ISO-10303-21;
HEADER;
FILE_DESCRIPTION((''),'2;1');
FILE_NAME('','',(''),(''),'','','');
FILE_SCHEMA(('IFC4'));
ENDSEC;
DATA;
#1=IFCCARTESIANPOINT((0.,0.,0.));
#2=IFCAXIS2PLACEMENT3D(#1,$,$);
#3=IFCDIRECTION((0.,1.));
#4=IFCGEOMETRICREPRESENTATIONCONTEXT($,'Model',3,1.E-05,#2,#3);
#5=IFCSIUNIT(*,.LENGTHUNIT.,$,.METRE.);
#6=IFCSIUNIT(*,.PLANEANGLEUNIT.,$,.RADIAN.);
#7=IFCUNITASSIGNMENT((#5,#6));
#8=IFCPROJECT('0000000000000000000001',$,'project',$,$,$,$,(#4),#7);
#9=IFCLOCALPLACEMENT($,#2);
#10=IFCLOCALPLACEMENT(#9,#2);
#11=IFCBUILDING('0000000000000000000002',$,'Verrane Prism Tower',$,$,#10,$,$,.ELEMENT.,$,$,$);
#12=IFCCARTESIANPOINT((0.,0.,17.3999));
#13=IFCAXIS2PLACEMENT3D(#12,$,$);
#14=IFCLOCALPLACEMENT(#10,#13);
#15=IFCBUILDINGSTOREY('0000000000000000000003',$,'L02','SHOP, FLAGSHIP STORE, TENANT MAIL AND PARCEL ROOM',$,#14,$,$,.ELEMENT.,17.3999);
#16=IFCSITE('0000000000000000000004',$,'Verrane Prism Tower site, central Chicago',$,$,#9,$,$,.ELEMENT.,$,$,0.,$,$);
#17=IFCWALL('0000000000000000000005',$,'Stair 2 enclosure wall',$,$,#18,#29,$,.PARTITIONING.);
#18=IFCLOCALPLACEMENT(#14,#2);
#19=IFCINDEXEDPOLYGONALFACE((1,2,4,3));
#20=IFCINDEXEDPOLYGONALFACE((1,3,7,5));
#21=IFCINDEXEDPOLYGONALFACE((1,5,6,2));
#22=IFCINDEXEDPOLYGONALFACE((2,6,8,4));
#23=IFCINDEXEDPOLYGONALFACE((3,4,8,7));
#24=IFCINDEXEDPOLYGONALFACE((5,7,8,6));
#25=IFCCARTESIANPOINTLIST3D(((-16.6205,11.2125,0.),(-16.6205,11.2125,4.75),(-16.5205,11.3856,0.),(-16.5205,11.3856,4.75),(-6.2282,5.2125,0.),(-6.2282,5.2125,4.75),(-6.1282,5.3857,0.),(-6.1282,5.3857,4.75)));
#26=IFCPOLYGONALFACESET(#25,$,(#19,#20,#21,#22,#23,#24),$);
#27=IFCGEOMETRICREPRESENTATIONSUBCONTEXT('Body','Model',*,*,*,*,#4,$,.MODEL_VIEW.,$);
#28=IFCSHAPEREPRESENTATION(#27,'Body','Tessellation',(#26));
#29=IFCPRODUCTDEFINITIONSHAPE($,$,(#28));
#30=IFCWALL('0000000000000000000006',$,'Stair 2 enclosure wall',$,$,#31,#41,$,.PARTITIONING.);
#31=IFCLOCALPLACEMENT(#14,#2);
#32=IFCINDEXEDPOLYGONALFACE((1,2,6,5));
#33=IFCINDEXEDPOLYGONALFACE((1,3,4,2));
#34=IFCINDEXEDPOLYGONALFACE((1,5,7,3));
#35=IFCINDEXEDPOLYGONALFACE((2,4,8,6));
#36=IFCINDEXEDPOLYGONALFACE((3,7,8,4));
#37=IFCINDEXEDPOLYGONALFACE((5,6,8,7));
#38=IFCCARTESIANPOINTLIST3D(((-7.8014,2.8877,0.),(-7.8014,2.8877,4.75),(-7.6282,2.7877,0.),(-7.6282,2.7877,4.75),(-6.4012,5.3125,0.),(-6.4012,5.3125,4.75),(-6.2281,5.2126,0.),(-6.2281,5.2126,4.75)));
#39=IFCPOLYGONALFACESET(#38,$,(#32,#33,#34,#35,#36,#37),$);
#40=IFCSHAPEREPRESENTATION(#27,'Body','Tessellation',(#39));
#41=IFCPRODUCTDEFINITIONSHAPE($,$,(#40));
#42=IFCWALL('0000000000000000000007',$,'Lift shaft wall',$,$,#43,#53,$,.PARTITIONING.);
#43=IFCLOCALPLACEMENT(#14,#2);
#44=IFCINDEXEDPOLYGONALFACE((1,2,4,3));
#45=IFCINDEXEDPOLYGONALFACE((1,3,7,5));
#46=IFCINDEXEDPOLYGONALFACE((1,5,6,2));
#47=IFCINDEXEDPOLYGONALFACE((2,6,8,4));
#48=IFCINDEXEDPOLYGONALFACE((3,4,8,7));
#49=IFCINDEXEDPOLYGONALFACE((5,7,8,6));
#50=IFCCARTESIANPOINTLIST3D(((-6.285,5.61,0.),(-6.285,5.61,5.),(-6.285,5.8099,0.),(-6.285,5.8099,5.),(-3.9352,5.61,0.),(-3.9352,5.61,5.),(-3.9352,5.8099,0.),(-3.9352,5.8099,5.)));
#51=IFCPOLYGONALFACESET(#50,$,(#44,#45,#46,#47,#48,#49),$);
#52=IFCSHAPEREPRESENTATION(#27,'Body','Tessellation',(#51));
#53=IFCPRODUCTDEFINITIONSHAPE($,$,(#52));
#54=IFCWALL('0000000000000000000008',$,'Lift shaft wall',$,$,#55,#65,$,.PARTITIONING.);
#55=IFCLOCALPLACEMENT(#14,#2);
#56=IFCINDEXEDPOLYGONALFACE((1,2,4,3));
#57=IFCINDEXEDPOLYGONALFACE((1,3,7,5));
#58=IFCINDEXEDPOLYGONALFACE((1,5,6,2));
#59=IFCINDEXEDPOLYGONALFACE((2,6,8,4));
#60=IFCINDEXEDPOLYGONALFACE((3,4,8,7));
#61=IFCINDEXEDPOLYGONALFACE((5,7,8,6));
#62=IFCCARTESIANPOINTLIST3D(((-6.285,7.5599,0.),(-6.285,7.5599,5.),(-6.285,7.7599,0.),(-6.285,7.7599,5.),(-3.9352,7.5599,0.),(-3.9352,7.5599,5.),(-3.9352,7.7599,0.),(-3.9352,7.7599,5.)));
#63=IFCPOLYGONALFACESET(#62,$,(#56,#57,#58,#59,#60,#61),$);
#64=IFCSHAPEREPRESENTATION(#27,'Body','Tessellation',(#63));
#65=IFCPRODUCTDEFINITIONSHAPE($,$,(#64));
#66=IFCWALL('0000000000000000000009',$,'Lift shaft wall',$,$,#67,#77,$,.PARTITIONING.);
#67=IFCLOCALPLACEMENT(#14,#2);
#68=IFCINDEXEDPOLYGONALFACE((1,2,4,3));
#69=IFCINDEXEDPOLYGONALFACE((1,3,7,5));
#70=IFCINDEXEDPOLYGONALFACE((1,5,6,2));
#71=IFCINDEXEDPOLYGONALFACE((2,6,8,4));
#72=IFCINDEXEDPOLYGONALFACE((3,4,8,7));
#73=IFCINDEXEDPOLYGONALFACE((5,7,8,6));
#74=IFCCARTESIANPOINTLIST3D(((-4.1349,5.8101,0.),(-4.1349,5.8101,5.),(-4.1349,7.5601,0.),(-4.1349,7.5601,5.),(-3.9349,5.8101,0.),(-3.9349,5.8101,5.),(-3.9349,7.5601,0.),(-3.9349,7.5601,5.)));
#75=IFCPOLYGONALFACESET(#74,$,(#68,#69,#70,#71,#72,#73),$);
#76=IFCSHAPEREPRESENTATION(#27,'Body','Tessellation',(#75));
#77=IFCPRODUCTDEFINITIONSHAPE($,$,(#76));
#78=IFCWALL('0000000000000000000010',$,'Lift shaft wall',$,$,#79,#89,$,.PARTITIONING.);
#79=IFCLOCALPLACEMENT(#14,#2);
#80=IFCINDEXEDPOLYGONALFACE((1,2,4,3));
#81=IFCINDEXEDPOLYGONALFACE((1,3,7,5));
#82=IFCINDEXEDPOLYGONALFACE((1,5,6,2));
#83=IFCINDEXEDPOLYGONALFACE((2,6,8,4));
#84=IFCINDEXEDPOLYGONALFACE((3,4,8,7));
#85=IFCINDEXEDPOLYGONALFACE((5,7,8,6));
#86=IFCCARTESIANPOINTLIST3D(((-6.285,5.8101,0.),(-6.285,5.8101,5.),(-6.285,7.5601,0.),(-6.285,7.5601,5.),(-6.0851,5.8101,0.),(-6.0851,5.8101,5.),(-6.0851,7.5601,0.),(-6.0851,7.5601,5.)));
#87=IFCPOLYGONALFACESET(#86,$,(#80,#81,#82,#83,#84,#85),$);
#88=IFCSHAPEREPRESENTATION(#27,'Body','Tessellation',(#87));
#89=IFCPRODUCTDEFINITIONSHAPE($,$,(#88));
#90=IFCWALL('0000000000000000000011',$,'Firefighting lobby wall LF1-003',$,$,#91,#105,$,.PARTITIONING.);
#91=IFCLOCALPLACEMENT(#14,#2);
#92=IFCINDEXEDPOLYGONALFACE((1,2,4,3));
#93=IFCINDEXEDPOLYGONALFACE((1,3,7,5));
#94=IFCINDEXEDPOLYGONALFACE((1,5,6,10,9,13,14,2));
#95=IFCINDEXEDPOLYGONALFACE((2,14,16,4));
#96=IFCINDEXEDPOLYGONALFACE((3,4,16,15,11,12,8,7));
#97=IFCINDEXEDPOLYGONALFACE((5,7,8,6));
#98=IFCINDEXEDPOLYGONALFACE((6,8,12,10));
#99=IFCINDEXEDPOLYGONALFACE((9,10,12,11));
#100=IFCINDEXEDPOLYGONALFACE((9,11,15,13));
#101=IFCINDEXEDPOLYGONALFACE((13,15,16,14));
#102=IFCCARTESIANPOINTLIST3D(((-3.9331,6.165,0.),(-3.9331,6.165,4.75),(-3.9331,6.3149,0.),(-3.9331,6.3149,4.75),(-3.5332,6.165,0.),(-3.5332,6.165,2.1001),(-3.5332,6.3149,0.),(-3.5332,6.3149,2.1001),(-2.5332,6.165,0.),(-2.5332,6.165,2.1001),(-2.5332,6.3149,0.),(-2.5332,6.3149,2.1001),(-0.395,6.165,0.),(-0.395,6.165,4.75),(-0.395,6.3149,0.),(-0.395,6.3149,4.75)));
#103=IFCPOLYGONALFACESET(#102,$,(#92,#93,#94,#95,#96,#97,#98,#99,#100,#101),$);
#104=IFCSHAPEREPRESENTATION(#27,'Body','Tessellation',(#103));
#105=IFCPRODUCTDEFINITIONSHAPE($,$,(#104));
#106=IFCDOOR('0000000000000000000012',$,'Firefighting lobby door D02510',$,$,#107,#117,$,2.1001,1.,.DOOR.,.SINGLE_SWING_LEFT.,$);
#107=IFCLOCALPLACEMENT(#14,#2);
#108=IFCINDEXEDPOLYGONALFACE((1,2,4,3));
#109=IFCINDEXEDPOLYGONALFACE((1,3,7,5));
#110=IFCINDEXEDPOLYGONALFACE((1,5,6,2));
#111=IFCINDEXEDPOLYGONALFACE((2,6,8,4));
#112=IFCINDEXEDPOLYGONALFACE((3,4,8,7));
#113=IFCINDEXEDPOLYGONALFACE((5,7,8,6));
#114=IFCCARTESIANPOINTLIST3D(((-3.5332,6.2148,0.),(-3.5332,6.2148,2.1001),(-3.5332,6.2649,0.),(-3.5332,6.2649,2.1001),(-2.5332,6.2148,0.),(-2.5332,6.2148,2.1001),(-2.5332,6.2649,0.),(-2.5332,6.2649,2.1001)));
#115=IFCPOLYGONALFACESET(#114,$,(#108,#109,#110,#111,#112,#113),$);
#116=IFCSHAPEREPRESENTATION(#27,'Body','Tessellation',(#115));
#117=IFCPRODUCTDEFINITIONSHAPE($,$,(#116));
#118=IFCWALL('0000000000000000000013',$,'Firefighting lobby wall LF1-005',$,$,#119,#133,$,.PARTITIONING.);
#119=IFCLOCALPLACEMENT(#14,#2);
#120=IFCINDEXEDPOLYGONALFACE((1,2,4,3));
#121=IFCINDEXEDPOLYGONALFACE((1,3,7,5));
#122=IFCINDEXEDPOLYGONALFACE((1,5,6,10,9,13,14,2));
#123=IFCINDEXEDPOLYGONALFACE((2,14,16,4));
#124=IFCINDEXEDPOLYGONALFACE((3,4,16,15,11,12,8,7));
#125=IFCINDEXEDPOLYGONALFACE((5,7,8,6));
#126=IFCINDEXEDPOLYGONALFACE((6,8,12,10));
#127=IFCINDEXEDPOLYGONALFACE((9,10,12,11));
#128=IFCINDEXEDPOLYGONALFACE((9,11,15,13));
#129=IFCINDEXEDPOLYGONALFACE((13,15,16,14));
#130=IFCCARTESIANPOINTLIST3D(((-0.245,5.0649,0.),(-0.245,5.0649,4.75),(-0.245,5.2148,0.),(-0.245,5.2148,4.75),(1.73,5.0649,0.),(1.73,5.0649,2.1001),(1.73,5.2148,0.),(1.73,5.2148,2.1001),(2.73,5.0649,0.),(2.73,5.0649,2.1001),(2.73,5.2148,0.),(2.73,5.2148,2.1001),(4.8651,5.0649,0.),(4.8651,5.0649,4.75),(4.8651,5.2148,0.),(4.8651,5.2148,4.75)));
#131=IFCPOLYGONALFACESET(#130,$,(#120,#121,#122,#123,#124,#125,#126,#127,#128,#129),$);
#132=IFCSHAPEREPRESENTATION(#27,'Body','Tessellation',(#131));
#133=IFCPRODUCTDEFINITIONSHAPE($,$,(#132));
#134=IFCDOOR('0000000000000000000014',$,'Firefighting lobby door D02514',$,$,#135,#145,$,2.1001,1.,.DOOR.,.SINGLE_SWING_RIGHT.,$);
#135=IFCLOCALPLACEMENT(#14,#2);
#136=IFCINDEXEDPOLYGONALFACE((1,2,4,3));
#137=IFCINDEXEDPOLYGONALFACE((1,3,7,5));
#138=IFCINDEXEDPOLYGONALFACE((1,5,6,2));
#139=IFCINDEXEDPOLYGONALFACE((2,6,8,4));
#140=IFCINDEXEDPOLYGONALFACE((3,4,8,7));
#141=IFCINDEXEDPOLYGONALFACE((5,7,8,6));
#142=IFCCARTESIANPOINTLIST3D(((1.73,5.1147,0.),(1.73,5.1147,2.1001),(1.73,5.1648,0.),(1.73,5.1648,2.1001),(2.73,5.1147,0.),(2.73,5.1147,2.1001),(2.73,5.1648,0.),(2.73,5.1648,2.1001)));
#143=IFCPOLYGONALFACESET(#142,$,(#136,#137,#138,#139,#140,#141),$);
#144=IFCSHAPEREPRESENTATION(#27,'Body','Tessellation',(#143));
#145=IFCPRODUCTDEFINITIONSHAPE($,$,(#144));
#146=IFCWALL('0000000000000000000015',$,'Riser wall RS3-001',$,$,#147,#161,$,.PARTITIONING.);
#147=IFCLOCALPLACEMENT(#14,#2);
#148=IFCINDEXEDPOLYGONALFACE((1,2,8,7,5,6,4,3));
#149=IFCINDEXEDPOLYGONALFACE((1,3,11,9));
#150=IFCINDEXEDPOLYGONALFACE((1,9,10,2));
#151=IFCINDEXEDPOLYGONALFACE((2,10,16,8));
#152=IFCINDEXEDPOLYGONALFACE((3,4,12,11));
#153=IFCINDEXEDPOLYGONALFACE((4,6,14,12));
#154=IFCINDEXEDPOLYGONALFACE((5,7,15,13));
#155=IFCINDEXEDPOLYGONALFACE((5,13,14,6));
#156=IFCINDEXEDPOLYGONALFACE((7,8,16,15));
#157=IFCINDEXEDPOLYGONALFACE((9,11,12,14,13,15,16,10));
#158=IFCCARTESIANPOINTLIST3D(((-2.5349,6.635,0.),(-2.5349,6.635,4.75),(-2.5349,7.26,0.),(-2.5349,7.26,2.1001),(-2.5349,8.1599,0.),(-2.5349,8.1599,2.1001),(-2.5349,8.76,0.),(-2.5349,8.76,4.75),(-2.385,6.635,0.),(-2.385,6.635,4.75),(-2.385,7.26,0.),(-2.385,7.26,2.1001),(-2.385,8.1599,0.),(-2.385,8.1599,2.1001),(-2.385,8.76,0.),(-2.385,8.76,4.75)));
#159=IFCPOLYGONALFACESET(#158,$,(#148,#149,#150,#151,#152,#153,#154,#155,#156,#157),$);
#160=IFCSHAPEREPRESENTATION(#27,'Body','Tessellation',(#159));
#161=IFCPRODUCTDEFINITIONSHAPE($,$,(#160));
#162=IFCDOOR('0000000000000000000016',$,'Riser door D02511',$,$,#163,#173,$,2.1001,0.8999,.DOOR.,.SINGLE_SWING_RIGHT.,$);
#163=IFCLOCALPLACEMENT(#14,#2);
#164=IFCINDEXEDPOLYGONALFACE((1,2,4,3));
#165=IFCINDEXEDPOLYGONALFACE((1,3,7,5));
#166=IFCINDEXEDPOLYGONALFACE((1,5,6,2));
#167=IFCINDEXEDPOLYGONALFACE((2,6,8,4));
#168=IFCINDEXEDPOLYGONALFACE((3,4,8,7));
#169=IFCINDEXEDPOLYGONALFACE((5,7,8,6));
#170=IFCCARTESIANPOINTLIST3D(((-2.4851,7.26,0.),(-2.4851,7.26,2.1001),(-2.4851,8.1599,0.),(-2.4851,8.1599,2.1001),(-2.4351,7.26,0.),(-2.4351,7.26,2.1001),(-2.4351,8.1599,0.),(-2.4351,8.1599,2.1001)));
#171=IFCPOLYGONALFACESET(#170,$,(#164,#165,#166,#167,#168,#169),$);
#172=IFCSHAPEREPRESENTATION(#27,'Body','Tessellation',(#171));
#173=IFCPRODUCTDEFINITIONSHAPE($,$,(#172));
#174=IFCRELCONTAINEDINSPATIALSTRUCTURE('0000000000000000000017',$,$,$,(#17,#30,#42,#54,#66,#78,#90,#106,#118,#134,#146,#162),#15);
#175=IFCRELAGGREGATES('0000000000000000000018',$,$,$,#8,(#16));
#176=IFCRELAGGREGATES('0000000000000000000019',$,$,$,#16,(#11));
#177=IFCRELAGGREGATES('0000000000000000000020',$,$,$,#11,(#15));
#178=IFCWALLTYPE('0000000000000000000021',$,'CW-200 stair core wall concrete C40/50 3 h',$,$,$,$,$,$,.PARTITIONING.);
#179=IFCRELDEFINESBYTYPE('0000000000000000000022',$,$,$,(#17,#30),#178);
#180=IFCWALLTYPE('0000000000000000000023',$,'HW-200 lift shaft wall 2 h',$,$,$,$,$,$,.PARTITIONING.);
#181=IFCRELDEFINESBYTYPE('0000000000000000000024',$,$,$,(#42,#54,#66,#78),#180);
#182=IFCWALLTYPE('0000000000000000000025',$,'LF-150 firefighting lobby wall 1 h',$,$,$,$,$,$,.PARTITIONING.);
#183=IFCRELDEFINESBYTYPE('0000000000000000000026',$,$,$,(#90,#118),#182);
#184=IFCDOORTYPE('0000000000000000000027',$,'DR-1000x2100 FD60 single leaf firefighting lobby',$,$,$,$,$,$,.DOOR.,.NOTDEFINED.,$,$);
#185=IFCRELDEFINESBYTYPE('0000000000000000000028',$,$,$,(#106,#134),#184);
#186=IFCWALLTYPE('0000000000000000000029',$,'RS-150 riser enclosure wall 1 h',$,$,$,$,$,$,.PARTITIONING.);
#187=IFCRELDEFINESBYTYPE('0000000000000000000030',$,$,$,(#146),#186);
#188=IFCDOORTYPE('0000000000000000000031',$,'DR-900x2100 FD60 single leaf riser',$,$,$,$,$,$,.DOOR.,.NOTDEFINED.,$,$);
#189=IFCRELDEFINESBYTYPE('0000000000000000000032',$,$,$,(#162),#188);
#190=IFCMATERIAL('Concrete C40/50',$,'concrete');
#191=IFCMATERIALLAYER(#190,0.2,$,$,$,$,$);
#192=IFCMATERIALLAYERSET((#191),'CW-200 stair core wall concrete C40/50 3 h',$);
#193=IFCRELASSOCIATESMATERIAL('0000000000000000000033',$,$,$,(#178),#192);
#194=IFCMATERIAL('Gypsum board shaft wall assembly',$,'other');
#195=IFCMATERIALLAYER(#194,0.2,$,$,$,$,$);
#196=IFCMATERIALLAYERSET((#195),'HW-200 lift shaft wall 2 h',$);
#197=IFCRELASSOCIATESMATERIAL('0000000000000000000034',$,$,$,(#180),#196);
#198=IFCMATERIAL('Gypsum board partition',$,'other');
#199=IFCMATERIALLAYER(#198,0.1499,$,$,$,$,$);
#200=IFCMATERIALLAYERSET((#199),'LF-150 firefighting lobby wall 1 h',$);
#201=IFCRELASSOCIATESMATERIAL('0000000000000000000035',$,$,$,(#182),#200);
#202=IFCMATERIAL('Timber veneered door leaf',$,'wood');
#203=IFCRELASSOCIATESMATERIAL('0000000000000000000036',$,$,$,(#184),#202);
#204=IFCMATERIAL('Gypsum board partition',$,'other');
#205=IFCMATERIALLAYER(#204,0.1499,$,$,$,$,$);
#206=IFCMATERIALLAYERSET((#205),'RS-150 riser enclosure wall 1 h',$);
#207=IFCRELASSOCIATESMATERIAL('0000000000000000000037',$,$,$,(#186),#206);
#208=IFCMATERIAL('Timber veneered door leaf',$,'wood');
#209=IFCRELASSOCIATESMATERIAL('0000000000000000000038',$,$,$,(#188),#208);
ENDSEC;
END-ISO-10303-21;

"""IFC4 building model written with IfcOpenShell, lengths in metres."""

from ifc_helpers import new_model, si_unit, direction, frame, frame_2d, origin, place, context, subcontext, project, spatial, rectangle, extrude, material, layer, layer_set, type_object, element, fill, save


model = new_model("IFC4")

# Units and contexts
model_context = context("Model", 3, precision=1e-05, world=origin(), true_north=direction((0.0, 1.0)))
body_context = subcontext(model_context, "Body", "Model", "MODEL_VIEW")
ifc_project = project(units=[si_unit("LENGTHUNIT", "METRE"), si_unit("PLANEANGLEUNIT", "RADIAN")], contexts=[model_context])

# Site, building, storey
site_placement = place(None, origin())
site = spatial("IfcSite", under=ifc_project, at=site_placement, Name="Verrane Prism Tower site, central Chicago", CompositionType="ELEMENT", RefElevation=0.0)
building_placement = place(site_placement, origin())
building = spatial("IfcBuilding", under=site, at=building_placement, Name="Verrane Prism Tower", CompositionType="ELEMENT")
storey_placement = place(building_placement, frame((0.0, 0.0, 17.3999)))
storey = spatial("IfcBuildingStorey", under=building, at=storey_placement, Name="L02", Description="SHOP, FLAGSHIP STORE, TENANT MAIL AND PARCEL ROOM", CompositionType="ELEMENT", Elevation=17.3999)

# Walls
ifc_material_1 = material(Name="Concrete C40/50", Category="concrete")
ifc_layer_1 = layer(ifc_material_1, 0.2)
ifc_layer_set_1 = layer_set([ifc_layer_1], Name="CW-200 stair core wall concrete C40/50 3 h")
wall_type_1 = type_object("IfcWallType", Name="CW-200 stair core wall concrete C40/50 3 h", PredefinedType="PARTITIONING", material=ifc_layer_set_1)
wall_1_placement = place(storey_placement, frame((-6.1782, 5.2991, 0.0), z_axis=(0.0, 0.0, 1.0), x_axis=(-0.866026, 0.499999, 0.0)))
element("IfcWall", 1, at=wall_1_placement, inside=storey, type_object=wall_type_1, Name="Stair 2 enclosure wall", PredefinedType="PARTITIONING", context=body_context, shape_type="SweptSolid", body=[
    extrude(rectangle(XDim=12.0, YDim=0.2, at=frame_2d((6.0, 0.0))), origin(), (0.0, 0.0, 1.0), 4.75),
])
wall_2_placement = place(storey_placement, frame((-6.3147, 5.2625, 0.0), z_axis=(0.0, 0.0, 1.0), x_axis=(-0.50005, -0.865997, 0.0)))
element("IfcWall", 2, at=wall_2_placement, inside=storey, type_object=wall_type_1, Name="Stair 2 enclosure wall", PredefinedType="PARTITIONING", context=body_context, shape_type="SweptSolid", body=[
    extrude(rectangle(XDim=2.8, YDim=0.2, at=frame_2d((1.3999, 0.0))), origin(), (0.0, 0.0, 1.0), 4.75),
])
ifc_material_2 = material(Name="Gypsum board shaft wall assembly", Category="other")
ifc_layer_2 = layer(ifc_material_2, 0.2)
ifc_layer_set_2 = layer_set([ifc_layer_2], Name="HW-200 lift shaft wall 2 h")
wall_type_2 = type_object("IfcWallType", Name="HW-200 lift shaft wall 2 h", PredefinedType="PARTITIONING", material=ifc_layer_set_2)
for number, where, z_axis, x_axis, name in (
    (3, (-6.2849, 5.71, 0.0), (0.0, 0.0, 1.0), (1.0, 0.0, 0.0), "Lift shaft wall"),
    (4, (-6.2849, 7.6599, 0.0), (0.0, 0.0, 1.0), (1.0, 0.0, 0.0), "Lift shaft wall"),
):
    element("IfcWall", number, at=place(storey_placement, frame(where, z_axis=z_axis, x_axis=x_axis)), inside=storey, type_object=wall_type_2, Name=name, PredefinedType="PARTITIONING", context=body_context, shape_type="SweptSolid", body=[
        extrude(rectangle(XDim=2.3499, YDim=0.2, at=frame_2d((1.1748, 0.0))), origin(), (0.0, 0.0, 1.0), 5.0),
    ])
for number, where, z_axis, x_axis, name in (
    (5, (-4.0349, 5.8101, 0.0), (0.0, 0.0, 1.0), (0.0, 1.0, 0.0), "Lift shaft wall"),
    (6, (-6.1851, 5.8101, 0.0), (0.0, 0.0, 1.0), (0.0, 1.0, 0.0), "Lift shaft wall"),
):
    element("IfcWall", number, at=place(storey_placement, frame(where, z_axis=z_axis, x_axis=x_axis)), inside=storey, type_object=wall_type_2, Name=name, PredefinedType="PARTITIONING", context=body_context, shape_type="SweptSolid", body=[
        extrude(rectangle(XDim=1.75, YDim=0.2, at=frame_2d((0.875, 0.0))), origin(), (0.0, 0.0, 1.0), 5.0),
    ])

# Walls, openings, doors
ifc_material_3 = material(Name="Gypsum board partition", Category="other")
ifc_layer_3 = layer(ifc_material_3, 0.1499)
ifc_layer_set_3 = layer_set([ifc_layer_3], Name="LF-150 firefighting lobby wall 1 h")
wall_type_3 = type_object("IfcWallType", Name="LF-150 firefighting lobby wall 1 h", PredefinedType="PARTITIONING", material=ifc_layer_set_3)
wall_3_placement = place(storey_placement, frame((-3.9331, 6.24, 0.0), z_axis=(0.0, 0.0, 1.0), x_axis=(1.0, 0.0, 0.0)))
wall_3 = element("IfcWall", 7, at=wall_3_placement, inside=storey, type_object=wall_type_3, Name="Firefighting lobby wall LF1-003", PredefinedType="PARTITIONING", context=body_context, shape_type="SweptSolid", body=[
    extrude(rectangle(XDim=3.5381, YDim=0.1499, at=frame_2d((1.769, 0.0))), origin(), (0.0, 0.0, 1.0), 4.75),
])
opening_1_placement = place(wall_3_placement, frame((0.3999, 0.0, 0.0)))
opening_1 = element("IfcOpeningElement", 8, at=opening_1_placement, cuts=wall_3, PredefinedType="OPENING", context=body_context, shape_type="SweptSolid", body=[
    extrude(rectangle(XDim=1.0, YDim=2.1001, at=frame_2d((0.5, 1.05))), frame((0.0, 0.085, 0.0), z_axis=(0.0, -1.0, 0.0), x_axis=(1.0, 0.0, 0.0)), (0.0, 0.0, 1.0), 0.1699),
])
ifc_material_4 = material(Name="Timber veneered door leaf", Category="wood")
door_type_1 = type_object("IfcDoorType", Name="DR-1000x2100 FD60 single leaf firefighting lobby", OperationType="NOTDEFINED", PredefinedType="DOOR", material=ifc_material_4)
door_1_placement = place(opening_1_placement, origin())
door_1 = element("IfcDoor", 9, at=door_1_placement, inside=storey, type_object=door_type_1, Name="Firefighting lobby door D02510", OperationType="SINGLE_SWING_LEFT", OverallHeight=2.1001, OverallWidth=1.0, PredefinedType="DOOR", context=body_context, shape_type="SweptSolid", body=[
    extrude(rectangle(XDim=1.0, YDim=2.1001, at=frame_2d((0.5, 1.05))), frame((0.0, 0.0249, 0.0), z_axis=(0.0, -1.0, 0.0), x_axis=(1.0, 0.0, 0.0)), (0.0, 0.0, 1.0), 0.05),
])
fill(opening_1, door_1)
wall_4_placement = place(storey_placement, frame((-0.2451, 5.1399, 0.0), z_axis=(0.0, 0.0, 1.0), x_axis=(1.0, 0.0, 0.0)))
wall_4 = element("IfcWall", 10, at=wall_4_placement, inside=storey, type_object=wall_type_3, Name="Firefighting lobby wall LF1-005", PredefinedType="PARTITIONING", context=body_context, shape_type="SweptSolid", body=[
    extrude(rectangle(XDim=5.1101, YDim=0.1499, at=frame_2d((2.5552, 0.0))), origin(), (0.0, 0.0, 1.0), 4.75),
])
opening_2_placement = place(wall_4_placement, frame((1.9751, 0.0, 0.0)))
opening_2 = element("IfcOpeningElement", 11, at=opening_2_placement, cuts=wall_4, PredefinedType="OPENING", context=body_context, shape_type="SweptSolid", body=[
    extrude(rectangle(XDim=1.0, YDim=2.1001, at=frame_2d((0.5, 1.05))), frame((0.0, 0.085, 0.0), z_axis=(0.0, -1.0, 0.0), x_axis=(1.0, 0.0, 0.0)), (0.0, 0.0, 1.0), 0.1699),
])
door_2_placement = place(opening_2_placement, origin())
door_2 = element("IfcDoor", 12, at=door_2_placement, inside=storey, type_object=door_type_1, Name="Firefighting lobby door D02514", OperationType="SINGLE_SWING_RIGHT", OverallHeight=2.1001, OverallWidth=1.0, PredefinedType="DOOR", context=body_context, shape_type="SweptSolid", body=[
    extrude(rectangle(XDim=1.0, YDim=2.1001, at=frame_2d((0.5, 1.05))), frame((0.0, 0.0249, 0.0), z_axis=(0.0, -1.0, 0.0), x_axis=(1.0, 0.0, 0.0)), (0.0, 0.0, 1.0), 0.05),
])
fill(opening_2, door_2)
ifc_material_5 = material(Name="Gypsum board partition", Category="other")
ifc_layer_4 = layer(ifc_material_5, 0.1499)
ifc_layer_set_4 = layer_set([ifc_layer_4], Name="RS-150 riser enclosure wall 1 h")
wall_type_4 = type_object("IfcWallType", Name="RS-150 riser enclosure wall 1 h", PredefinedType="PARTITIONING", material=ifc_layer_set_4)
wall_5_placement = place(storey_placement, frame((-2.46, 8.76, 0.0), z_axis=(0.0, 0.0, 1.0), x_axis=(0.0, -1.0, 0.0)))
wall_5 = element("IfcWall", 13, at=wall_5_placement, inside=storey, type_object=wall_type_4, Name="Riser wall RS3-001", PredefinedType="PARTITIONING", context=body_context, shape_type="SweptSolid", body=[
    extrude(rectangle(XDim=2.125, YDim=0.1499, at=frame_2d((1.0625, 0.0))), origin(), (0.0, 0.0, 1.0), 4.75),
])
opening_3_placement = place(wall_5_placement, frame((0.6001, 0.0, 0.0)))
opening_3 = element("IfcOpeningElement", 14, at=opening_3_placement, cuts=wall_5, PredefinedType="OPENING", context=body_context, shape_type="SweptSolid", body=[
    extrude(rectangle(XDim=0.8999, YDim=2.1001, at=frame_2d((0.45, 1.05))), frame((0.0, 0.085, 0.0), z_axis=(0.0, -1.0, 0.0), x_axis=(1.0, 0.0, 0.0)), (0.0, 0.0, 1.0), 0.1699),
])
ifc_material_6 = material(Name="Timber veneered door leaf", Category="wood")
door_type_2 = type_object("IfcDoorType", Name="DR-900x2100 FD60 single leaf riser", OperationType="NOTDEFINED", PredefinedType="DOOR", material=ifc_material_6)
door_3_placement = place(opening_3_placement, origin())
door_3 = element("IfcDoor", 15, at=door_3_placement, inside=storey, type_object=door_type_2, Name="Riser door D02511", OperationType="SINGLE_SWING_RIGHT", OverallHeight=2.1001, OverallWidth=0.8999, PredefinedType="DOOR", context=body_context, shape_type="SweptSolid", body=[
    extrude(rectangle(XDim=0.8999, YDim=2.1001, at=frame_2d((0.45, 1.05))), frame((0.0, 0.0249, 0.0), z_axis=(0.0, -1.0, 0.0), x_axis=(1.0, 0.0, 0.0)), (0.0, 0.0, 1.0), 0.05),
])
fill(opening_3, door_3)

save(model, "model.ifc")
